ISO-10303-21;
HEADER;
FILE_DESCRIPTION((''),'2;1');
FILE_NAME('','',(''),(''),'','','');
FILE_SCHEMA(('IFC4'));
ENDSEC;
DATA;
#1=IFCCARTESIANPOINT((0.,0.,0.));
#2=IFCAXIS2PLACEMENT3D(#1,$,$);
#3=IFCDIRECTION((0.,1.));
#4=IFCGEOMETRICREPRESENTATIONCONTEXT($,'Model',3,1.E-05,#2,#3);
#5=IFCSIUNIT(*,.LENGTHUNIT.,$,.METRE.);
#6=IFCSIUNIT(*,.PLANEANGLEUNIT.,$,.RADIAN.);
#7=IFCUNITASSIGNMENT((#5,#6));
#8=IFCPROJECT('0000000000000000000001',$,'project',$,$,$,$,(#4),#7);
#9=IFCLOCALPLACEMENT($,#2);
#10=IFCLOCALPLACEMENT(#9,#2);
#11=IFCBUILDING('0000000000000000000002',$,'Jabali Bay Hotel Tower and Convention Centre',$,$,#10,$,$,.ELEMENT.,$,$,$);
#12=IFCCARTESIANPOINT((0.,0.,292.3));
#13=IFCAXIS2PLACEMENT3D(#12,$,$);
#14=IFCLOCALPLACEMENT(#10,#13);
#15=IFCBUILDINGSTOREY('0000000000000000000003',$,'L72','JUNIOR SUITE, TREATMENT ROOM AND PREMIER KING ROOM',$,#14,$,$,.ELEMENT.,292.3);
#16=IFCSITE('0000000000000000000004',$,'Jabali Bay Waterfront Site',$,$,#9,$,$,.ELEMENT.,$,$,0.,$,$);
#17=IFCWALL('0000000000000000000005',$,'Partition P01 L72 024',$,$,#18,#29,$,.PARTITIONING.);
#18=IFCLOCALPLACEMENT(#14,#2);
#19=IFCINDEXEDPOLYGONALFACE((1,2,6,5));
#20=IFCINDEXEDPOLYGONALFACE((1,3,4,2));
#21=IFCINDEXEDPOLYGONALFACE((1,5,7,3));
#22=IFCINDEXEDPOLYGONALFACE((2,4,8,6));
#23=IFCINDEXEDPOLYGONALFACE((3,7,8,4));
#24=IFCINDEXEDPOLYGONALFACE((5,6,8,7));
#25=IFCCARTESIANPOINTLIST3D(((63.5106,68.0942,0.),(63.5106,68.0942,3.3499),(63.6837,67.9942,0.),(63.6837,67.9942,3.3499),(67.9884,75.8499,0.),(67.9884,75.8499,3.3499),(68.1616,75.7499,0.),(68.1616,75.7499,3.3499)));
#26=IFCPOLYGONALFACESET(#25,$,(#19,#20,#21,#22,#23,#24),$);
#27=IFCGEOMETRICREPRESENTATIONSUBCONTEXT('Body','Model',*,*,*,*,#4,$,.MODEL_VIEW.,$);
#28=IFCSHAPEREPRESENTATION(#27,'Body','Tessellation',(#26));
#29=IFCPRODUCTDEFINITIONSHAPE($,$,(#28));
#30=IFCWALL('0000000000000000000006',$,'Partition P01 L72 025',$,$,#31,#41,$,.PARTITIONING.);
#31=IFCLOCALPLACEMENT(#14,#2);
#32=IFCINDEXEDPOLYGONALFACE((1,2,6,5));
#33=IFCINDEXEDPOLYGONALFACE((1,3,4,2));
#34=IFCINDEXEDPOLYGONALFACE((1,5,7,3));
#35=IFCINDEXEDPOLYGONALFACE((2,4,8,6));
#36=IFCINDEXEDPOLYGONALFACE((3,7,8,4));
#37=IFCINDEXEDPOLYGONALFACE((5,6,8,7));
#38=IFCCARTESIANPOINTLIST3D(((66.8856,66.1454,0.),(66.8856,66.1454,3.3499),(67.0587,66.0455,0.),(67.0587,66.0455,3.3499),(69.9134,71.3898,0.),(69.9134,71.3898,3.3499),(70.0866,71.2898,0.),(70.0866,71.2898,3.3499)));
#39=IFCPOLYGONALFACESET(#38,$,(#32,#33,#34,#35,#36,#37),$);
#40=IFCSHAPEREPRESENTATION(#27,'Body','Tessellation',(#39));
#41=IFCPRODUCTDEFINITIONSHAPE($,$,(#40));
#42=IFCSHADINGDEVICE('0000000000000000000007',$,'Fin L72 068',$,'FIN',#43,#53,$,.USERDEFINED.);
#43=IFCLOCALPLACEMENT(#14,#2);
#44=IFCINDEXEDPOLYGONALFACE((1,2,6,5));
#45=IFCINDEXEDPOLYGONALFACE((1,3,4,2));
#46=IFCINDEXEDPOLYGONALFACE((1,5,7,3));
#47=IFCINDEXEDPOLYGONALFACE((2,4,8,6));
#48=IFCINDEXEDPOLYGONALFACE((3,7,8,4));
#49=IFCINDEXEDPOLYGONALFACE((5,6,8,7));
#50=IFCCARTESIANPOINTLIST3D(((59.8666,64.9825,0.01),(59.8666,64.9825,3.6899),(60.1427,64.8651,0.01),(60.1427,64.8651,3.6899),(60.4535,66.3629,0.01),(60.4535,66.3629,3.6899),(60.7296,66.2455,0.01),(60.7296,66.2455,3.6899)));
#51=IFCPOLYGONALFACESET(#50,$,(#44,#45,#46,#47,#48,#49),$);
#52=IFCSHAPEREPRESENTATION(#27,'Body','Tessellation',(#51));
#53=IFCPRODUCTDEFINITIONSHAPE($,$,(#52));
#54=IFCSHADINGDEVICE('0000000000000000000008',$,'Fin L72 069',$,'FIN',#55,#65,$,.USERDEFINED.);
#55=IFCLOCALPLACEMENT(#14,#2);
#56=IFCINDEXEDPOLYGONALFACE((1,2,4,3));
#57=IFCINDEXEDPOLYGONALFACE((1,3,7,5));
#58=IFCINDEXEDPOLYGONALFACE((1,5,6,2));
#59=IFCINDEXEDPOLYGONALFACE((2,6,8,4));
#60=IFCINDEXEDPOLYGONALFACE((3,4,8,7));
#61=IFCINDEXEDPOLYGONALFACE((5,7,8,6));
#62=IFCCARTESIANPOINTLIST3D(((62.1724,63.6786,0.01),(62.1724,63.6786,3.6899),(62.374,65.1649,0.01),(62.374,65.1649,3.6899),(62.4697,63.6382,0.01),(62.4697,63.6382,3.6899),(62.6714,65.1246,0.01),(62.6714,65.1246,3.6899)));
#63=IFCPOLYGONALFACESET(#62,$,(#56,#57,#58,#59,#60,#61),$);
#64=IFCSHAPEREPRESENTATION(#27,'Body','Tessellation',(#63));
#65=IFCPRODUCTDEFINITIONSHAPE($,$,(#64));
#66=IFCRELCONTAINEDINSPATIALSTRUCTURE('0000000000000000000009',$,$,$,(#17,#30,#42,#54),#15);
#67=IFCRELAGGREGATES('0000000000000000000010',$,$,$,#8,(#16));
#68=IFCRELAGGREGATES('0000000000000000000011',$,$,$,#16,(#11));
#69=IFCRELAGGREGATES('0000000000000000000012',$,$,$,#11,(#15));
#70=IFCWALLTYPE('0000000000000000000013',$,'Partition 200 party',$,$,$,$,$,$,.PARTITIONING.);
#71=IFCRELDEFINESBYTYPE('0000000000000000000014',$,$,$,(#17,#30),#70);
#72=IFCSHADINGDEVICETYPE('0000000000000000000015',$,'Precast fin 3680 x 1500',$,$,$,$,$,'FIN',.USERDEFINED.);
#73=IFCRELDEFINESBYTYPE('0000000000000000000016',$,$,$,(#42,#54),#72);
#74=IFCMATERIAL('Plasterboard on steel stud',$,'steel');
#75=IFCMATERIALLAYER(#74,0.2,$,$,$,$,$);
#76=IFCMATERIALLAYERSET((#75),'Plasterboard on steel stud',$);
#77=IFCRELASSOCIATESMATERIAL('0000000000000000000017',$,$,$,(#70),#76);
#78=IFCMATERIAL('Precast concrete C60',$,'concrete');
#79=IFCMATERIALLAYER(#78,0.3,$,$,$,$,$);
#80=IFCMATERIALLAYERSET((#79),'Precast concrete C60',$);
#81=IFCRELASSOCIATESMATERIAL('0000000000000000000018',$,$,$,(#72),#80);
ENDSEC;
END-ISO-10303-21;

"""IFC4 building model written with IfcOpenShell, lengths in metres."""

from ifc_helpers import new_model, si_unit, direction, frame, frame_2d, origin, place, context, subcontext, project, spatial, rectangle, extrude, material, layer, layer_set, type_object, element, save


model = new_model("IFC4")

# Units and contexts
model_context = context("Model", 3, precision=1e-05, world=origin(), true_north=direction((0.0, 1.0)))
body_context = subcontext(model_context, "Body", "Model", "MODEL_VIEW")
ifc_project = project(units=[si_unit("LENGTHUNIT", "METRE"), si_unit("PLANEANGLEUNIT", "RADIAN")], contexts=[model_context])

# Site, building, storey
site_placement = place(None, origin())
site = spatial("IfcSite", under=ifc_project, at=site_placement, Name="Jabali Bay Waterfront Site", CompositionType="ELEMENT", RefElevation=0.0)
building_placement = place(site_placement, origin())
building = spatial("IfcBuilding", under=site, at=building_placement, Name="Jabali Bay Hotel Tower and Convention Centre", CompositionType="ELEMENT")
storey_placement = place(building_placement, frame((0.0, 0.0, 292.3)))
storey = spatial("IfcBuildingStorey", under=building, at=storey_placement, Name="L72", Description="JUNIOR SUITE, TREATMENT ROOM AND PREMIER KING ROOM", CompositionType="ELEMENT", Elevation=292.3)

# Shared definitions
ifc_material_1 = material(Name="Plasterboard on steel stud", Category="steel")

# Walls
ifc_layer_1 = layer(ifc_material_1, 0.2)
ifc_layer_set_1 = layer_set([ifc_layer_1], Name="Plasterboard on steel stud")
wall_type_1 = type_object("IfcWallType", Name="Partition 200 party", PredefinedType="PARTITIONING", material=ifc_layer_set_1)
wall_1_placement = place(storey_placement, frame((63.5972, 68.0442, 0.0), z_axis=(0.0, 0.0, 1.0), x_axis=(0.500006, 0.866022, 0.0)))
element("IfcWall", 1, at=wall_1_placement, inside=storey, type_object=wall_type_1, Name="Partition P01 L72 024", PredefinedType="PARTITIONING", context=body_context, shape_type="SweptSolid", body=[
    extrude(rectangle(XDim=8.9556, YDim=0.2, at=frame_2d((4.4778, 0.0))), origin(), (0.0, 0.0, 1.0), 3.3499),
])
wall_2_placement = place(storey_placement, frame((66.9722, 66.0955, 0.0), z_axis=(0.0, 0.0, 1.0), x_axis=(0.499998, 0.866026, 0.0)))
element("IfcWall", 2, at=wall_2_placement, inside=storey, type_object=wall_type_1, Name="Partition P01 L72 025", PredefinedType="PARTITIONING", context=body_context, shape_type="SweptSolid", body=[
    extrude(rectangle(XDim=6.0557, YDim=0.2, at=frame_2d((3.0278, 0.0))), origin(), (0.0, 0.0, 1.0), 3.3499),
])

# Shading devices
ifc_material_2 = material(Name="Precast concrete C60", Category="concrete")
ifc_layer_2 = layer(ifc_material_2, 0.3)
ifc_layer_set_2 = layer_set([ifc_layer_2], Name="Precast concrete C60")
shading_device_type = type_object("IfcShadingDeviceType", Name="Precast fin 3680 x 1500", ElementType="FIN", PredefinedType="USERDEFINED", material=ifc_layer_set_2)
for number, where, z_axis, x_axis, name in (
    (3, (60.5916, 66.3042, 0.01), (0.0, 0.0, 1.0), (-0.391285, -0.920269, 0.0), "Fin L72 068"),
    (4, (62.5227, 65.1448, 0.01), (0.0, 0.0, 1.0), (-0.134445, -0.990921, 0.0), "Fin L72 069"),
):
    element("IfcShadingDevice", number, at=place(storey_placement, frame(where, z_axis=z_axis, x_axis=x_axis)), inside=storey, type_object=shading_device_type, Name=name, ObjectType="FIN", PredefinedType="USERDEFINED", context=body_context, shape_type="SweptSolid", body=[
        extrude(rectangle(XDim=1.5, YDim=0.3, at=frame_2d((0.75, 0.0))), origin(), (0.0, 0.0, 1.0), 3.6799),
    ])

save(model, "model.ifc")
